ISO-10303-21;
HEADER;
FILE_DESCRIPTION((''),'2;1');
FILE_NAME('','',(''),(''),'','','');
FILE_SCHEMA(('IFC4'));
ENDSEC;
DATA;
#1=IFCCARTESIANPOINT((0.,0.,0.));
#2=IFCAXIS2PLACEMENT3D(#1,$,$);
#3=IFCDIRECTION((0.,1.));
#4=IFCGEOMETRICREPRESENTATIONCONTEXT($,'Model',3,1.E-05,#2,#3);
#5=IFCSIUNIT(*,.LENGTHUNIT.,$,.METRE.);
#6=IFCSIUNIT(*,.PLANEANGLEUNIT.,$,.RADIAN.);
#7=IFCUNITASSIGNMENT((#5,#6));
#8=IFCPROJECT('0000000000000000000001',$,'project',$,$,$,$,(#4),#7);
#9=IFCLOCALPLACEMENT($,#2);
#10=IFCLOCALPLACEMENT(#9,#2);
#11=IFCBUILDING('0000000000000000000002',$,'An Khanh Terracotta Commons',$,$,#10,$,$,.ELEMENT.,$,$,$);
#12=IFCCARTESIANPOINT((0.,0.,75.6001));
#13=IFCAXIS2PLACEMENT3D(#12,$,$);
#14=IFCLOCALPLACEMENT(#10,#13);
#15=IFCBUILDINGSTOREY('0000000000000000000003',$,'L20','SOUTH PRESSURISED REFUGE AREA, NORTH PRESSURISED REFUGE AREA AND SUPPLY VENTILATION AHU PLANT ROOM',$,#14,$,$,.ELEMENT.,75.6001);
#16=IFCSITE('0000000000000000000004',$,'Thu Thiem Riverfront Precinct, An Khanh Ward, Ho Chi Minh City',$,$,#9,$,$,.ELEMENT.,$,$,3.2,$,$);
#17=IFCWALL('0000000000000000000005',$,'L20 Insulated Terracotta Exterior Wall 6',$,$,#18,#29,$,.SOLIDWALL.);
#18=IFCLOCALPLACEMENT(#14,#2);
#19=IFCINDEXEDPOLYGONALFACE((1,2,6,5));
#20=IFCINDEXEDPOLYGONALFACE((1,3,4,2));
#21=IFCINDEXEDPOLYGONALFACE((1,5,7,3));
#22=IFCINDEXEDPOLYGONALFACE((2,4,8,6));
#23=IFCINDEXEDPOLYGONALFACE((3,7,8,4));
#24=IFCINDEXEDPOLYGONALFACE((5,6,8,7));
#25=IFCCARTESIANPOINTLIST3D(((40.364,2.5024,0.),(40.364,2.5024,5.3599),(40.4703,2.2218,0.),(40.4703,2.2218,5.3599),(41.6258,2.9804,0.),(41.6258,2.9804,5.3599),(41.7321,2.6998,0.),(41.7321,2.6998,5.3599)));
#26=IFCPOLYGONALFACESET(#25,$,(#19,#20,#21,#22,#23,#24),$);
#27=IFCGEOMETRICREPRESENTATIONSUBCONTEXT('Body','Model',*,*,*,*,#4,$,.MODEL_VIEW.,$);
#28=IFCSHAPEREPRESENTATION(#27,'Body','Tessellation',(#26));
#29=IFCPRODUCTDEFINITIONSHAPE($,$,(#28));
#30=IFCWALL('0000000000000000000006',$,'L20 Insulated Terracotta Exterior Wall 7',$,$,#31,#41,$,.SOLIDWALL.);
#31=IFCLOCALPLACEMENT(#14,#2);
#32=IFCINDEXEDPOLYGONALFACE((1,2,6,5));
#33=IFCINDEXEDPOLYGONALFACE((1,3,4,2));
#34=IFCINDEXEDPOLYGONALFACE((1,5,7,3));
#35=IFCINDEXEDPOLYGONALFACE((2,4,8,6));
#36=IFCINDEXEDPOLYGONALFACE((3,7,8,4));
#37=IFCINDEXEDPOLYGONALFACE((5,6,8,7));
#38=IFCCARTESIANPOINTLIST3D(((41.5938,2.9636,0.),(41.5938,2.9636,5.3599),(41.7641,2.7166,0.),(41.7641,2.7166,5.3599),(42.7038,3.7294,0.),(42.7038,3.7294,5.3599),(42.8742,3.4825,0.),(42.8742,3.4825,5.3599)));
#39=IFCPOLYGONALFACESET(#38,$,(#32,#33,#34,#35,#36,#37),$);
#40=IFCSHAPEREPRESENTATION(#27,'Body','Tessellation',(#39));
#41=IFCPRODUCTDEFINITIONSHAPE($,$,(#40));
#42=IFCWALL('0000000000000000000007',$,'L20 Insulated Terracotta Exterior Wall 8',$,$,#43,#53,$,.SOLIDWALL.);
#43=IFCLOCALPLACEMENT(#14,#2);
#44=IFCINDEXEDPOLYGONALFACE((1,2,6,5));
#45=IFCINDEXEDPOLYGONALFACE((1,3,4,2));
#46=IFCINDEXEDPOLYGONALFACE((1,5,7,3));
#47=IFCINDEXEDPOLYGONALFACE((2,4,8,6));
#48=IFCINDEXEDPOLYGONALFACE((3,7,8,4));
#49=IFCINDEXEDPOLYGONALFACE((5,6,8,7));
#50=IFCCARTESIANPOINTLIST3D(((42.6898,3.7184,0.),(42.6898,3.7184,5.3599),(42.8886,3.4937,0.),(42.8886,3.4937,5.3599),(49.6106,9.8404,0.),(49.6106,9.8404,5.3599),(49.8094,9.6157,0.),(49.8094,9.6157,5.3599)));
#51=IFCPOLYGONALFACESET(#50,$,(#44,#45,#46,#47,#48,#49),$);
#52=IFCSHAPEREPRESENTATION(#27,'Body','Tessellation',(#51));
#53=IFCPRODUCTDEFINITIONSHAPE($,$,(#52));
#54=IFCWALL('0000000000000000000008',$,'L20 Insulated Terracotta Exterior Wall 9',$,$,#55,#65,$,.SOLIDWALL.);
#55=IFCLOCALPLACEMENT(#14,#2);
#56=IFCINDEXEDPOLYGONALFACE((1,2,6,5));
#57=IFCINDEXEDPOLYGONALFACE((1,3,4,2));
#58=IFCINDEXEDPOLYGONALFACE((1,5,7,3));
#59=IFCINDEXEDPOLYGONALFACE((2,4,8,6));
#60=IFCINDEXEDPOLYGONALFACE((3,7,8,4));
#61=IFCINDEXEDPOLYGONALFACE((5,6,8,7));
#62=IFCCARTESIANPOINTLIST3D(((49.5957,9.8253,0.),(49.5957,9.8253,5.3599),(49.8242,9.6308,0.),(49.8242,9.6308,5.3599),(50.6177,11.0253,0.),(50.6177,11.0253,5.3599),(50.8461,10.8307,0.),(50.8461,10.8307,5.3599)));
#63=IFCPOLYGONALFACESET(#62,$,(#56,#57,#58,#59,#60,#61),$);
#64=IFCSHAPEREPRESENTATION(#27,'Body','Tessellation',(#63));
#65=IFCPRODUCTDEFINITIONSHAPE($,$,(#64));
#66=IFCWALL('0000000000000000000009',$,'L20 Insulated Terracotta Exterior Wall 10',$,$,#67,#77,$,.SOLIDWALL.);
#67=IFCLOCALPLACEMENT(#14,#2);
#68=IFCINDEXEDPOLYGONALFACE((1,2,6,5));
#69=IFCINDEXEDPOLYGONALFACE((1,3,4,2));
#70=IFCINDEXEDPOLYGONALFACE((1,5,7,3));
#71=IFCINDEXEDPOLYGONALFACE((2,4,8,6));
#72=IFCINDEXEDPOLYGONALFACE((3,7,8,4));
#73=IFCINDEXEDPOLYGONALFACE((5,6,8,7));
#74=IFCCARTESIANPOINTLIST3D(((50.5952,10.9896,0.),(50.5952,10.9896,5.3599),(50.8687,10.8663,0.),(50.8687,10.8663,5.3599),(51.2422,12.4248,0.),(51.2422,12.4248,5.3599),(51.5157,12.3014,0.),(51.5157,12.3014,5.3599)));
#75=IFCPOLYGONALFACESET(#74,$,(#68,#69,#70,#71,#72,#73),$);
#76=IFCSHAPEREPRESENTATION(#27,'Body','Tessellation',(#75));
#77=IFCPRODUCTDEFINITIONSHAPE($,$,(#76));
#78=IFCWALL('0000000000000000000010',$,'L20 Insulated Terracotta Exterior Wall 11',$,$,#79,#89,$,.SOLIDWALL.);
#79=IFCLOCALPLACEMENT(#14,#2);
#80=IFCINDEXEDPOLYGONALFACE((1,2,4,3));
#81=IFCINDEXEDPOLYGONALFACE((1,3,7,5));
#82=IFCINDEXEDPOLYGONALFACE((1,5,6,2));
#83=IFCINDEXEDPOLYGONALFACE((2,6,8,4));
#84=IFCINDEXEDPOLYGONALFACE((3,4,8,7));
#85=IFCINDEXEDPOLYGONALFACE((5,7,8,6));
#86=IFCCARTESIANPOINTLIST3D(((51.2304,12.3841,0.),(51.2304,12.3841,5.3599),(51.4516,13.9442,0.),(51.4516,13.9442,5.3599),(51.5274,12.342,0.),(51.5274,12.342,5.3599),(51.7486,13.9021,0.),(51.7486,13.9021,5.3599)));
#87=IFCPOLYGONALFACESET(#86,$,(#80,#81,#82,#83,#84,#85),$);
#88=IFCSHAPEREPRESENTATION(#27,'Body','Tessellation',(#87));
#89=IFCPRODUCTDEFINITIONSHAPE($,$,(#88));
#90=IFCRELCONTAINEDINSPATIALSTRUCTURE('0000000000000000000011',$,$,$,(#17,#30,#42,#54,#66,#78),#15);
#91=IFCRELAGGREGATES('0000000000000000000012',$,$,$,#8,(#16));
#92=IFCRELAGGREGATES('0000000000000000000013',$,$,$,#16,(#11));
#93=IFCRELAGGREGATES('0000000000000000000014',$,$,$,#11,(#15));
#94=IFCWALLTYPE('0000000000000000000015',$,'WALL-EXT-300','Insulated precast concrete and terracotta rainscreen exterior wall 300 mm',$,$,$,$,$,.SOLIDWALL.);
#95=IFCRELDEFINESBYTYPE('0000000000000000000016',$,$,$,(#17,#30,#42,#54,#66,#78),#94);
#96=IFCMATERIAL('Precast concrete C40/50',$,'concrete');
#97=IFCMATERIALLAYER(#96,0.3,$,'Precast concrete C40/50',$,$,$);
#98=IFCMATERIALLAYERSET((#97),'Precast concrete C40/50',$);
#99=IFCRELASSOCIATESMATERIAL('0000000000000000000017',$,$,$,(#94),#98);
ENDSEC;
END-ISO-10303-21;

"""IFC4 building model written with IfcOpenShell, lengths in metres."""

from ifc_helpers import new_model, si_unit, direction, frame, frame_2d, origin, place, context, subcontext, project, spatial, rectangle, extrude, material, layer, layer_set, type_object, element, save


model = new_model("IFC4")

# Units and contexts
model_context = context("Model", 3, precision=1e-05, world=origin(), true_north=direction((0.0, 1.0)))
body_context = subcontext(model_context, "Body", "Model", "MODEL_VIEW")
ifc_project = project(units=[si_unit("LENGTHUNIT", "METRE"), si_unit("PLANEANGLEUNIT", "RADIAN")], contexts=[model_context])

# Site, building, storey
site_placement = place(None, origin())
site = spatial("IfcSite", under=ifc_project, at=site_placement, Name="Thu Thiem Riverfront Precinct, An Khanh Ward, Ho Chi Minh City", CompositionType="ELEMENT", RefElevation=3.2)
building_placement = place(site_placement, origin())
building = spatial("IfcBuilding", under=site, at=building_placement, Name="An Khanh Terracotta Commons", CompositionType="ELEMENT")
storey_placement = place(building_placement, frame((0.0, 0.0, 75.6001)))
storey = spatial("IfcBuildingStorey", under=building, at=storey_placement, Name="L20", Description="SOUTH PRESSURISED REFUGE AREA, NORTH PRESSURISED REFUGE AREA AND SUPPLY VENTILATION AHU PLANT ROOM", CompositionType="ELEMENT", Elevation=75.6001)

# Walls
ifc_material_1 = material(Name="Precast concrete C40/50", Category="concrete")
ifc_layer_1 = layer(ifc_material_1, 0.3, Name="Precast concrete C40/50")
ifc_layer_set_1 = layer_set([ifc_layer_1], Name="Precast concrete C40/50")
wall_type_1 = type_object("IfcWallType", Name="WALL-EXT-300", Description="Insulated precast concrete and terracotta rainscreen exterior wall 300 mm", PredefinedType="SOLIDWALL", material=ifc_layer_set_1)
wall_1_placement = place(storey_placement, frame((40.417, 2.3621, 0.0), z_axis=(0.0, 0.0, 1.0), x_axis=(0.935157, 0.354234, 0.0)))
element("IfcWall", 1, at=wall_1_placement, inside=storey, type_object=wall_type_1, Name="L20 Insulated Terracotta Exterior Wall 6", PredefinedType="SOLIDWALL", context=body_context, shape_type="SweptSolid", body=[
    extrude(rectangle(XDim=1.3494, YDim=0.3, at=frame_2d((0.6748, 0.0))), origin(), (0.0, 0.0, 1.0), 5.3599),
])
wall_2_placement = place(storey_placement, frame((41.679, 2.8401, 0.0), z_axis=(0.0, 0.0, 1.0), x_axis=(0.823117, 0.567873, 0.0)))
element("IfcWall", 2, at=wall_2_placement, inside=storey, type_object=wall_type_1, Name="L20 Insulated Terracotta Exterior Wall 7", PredefinedType="SOLIDWALL", context=body_context, shape_type="SweptSolid", body=[
    extrude(rectangle(XDim=1.3486, YDim=0.3, at=frame_2d((0.6743, 0.0))), origin(), (0.0, 0.0, 1.0), 5.3599),
])
wall_3_placement = place(storey_placement, frame((42.7891, 3.606, 0.0), z_axis=(0.0, 0.0, 1.0), x_axis=(0.749011, 0.662558, 0.0)))
element("IfcWall", 3, at=wall_3_placement, inside=storey, type_object=wall_type_1, Name="L20 Insulated Terracotta Exterior Wall 8", PredefinedType="SOLIDWALL", context=body_context, shape_type="SweptSolid", body=[
    extrude(rectangle(XDim=9.24, YDim=0.3, at=frame_2d((4.6201, 0.0))), origin(), (0.0, 0.0, 1.0), 5.3599),
])
wall_4_placement = place(storey_placement, frame((49.71, 9.728, 0.0), z_axis=(0.0, 0.0, 1.0), x_axis=(0.64839, 0.761308, 0.0)))
element("IfcWall", 4, at=wall_4_placement, inside=storey, type_object=wall_type_1, Name="L20 Insulated Terracotta Exterior Wall 9", PredefinedType="SOLIDWALL", context=body_context, shape_type="SweptSolid", body=[
    extrude(rectangle(XDim=1.5762, YDim=0.3, at=frame_2d((0.7881, 0.0))), origin(), (0.0, 0.0, 1.0), 5.3599),
])
wall_5_placement = place(storey_placement, frame((50.7319, 10.928, 0.0), z_axis=(0.0, 0.0, 1.0), x_axis=(0.410997, 0.911637, 0.0)))
element("IfcWall", 5, at=wall_5_placement, inside=storey, type_object=wall_type_1, Name="L20 Insulated Terracotta Exterior Wall 10", PredefinedType="SOLIDWALL", context=body_context, shape_type="SweptSolid", body=[
    extrude(rectangle(XDim=1.5742, YDim=0.3, at=frame_2d((0.7871, 0.0))), origin(), (0.0, 0.0, 1.0), 5.3599),
])
wall_6_placement = place(storey_placement, frame((51.3789, 12.363, 0.0), z_axis=(0.0, 0.0, 1.0), x_axis=(0.14038, 0.990098, 0.0)))
element("IfcWall", 6, at=wall_6_placement, inside=storey, type_object=wall_type_1, Name="L20 Insulated Terracotta Exterior Wall 11", PredefinedType="SOLIDWALL", context=body_context, shape_type="SweptSolid", body=[
    extrude(rectangle(XDim=1.5757, YDim=0.3, at=frame_2d((0.7878, 0.0))), origin(), (0.0, 0.0, 1.0), 5.3599),
])

save(model, "model.ifc")
